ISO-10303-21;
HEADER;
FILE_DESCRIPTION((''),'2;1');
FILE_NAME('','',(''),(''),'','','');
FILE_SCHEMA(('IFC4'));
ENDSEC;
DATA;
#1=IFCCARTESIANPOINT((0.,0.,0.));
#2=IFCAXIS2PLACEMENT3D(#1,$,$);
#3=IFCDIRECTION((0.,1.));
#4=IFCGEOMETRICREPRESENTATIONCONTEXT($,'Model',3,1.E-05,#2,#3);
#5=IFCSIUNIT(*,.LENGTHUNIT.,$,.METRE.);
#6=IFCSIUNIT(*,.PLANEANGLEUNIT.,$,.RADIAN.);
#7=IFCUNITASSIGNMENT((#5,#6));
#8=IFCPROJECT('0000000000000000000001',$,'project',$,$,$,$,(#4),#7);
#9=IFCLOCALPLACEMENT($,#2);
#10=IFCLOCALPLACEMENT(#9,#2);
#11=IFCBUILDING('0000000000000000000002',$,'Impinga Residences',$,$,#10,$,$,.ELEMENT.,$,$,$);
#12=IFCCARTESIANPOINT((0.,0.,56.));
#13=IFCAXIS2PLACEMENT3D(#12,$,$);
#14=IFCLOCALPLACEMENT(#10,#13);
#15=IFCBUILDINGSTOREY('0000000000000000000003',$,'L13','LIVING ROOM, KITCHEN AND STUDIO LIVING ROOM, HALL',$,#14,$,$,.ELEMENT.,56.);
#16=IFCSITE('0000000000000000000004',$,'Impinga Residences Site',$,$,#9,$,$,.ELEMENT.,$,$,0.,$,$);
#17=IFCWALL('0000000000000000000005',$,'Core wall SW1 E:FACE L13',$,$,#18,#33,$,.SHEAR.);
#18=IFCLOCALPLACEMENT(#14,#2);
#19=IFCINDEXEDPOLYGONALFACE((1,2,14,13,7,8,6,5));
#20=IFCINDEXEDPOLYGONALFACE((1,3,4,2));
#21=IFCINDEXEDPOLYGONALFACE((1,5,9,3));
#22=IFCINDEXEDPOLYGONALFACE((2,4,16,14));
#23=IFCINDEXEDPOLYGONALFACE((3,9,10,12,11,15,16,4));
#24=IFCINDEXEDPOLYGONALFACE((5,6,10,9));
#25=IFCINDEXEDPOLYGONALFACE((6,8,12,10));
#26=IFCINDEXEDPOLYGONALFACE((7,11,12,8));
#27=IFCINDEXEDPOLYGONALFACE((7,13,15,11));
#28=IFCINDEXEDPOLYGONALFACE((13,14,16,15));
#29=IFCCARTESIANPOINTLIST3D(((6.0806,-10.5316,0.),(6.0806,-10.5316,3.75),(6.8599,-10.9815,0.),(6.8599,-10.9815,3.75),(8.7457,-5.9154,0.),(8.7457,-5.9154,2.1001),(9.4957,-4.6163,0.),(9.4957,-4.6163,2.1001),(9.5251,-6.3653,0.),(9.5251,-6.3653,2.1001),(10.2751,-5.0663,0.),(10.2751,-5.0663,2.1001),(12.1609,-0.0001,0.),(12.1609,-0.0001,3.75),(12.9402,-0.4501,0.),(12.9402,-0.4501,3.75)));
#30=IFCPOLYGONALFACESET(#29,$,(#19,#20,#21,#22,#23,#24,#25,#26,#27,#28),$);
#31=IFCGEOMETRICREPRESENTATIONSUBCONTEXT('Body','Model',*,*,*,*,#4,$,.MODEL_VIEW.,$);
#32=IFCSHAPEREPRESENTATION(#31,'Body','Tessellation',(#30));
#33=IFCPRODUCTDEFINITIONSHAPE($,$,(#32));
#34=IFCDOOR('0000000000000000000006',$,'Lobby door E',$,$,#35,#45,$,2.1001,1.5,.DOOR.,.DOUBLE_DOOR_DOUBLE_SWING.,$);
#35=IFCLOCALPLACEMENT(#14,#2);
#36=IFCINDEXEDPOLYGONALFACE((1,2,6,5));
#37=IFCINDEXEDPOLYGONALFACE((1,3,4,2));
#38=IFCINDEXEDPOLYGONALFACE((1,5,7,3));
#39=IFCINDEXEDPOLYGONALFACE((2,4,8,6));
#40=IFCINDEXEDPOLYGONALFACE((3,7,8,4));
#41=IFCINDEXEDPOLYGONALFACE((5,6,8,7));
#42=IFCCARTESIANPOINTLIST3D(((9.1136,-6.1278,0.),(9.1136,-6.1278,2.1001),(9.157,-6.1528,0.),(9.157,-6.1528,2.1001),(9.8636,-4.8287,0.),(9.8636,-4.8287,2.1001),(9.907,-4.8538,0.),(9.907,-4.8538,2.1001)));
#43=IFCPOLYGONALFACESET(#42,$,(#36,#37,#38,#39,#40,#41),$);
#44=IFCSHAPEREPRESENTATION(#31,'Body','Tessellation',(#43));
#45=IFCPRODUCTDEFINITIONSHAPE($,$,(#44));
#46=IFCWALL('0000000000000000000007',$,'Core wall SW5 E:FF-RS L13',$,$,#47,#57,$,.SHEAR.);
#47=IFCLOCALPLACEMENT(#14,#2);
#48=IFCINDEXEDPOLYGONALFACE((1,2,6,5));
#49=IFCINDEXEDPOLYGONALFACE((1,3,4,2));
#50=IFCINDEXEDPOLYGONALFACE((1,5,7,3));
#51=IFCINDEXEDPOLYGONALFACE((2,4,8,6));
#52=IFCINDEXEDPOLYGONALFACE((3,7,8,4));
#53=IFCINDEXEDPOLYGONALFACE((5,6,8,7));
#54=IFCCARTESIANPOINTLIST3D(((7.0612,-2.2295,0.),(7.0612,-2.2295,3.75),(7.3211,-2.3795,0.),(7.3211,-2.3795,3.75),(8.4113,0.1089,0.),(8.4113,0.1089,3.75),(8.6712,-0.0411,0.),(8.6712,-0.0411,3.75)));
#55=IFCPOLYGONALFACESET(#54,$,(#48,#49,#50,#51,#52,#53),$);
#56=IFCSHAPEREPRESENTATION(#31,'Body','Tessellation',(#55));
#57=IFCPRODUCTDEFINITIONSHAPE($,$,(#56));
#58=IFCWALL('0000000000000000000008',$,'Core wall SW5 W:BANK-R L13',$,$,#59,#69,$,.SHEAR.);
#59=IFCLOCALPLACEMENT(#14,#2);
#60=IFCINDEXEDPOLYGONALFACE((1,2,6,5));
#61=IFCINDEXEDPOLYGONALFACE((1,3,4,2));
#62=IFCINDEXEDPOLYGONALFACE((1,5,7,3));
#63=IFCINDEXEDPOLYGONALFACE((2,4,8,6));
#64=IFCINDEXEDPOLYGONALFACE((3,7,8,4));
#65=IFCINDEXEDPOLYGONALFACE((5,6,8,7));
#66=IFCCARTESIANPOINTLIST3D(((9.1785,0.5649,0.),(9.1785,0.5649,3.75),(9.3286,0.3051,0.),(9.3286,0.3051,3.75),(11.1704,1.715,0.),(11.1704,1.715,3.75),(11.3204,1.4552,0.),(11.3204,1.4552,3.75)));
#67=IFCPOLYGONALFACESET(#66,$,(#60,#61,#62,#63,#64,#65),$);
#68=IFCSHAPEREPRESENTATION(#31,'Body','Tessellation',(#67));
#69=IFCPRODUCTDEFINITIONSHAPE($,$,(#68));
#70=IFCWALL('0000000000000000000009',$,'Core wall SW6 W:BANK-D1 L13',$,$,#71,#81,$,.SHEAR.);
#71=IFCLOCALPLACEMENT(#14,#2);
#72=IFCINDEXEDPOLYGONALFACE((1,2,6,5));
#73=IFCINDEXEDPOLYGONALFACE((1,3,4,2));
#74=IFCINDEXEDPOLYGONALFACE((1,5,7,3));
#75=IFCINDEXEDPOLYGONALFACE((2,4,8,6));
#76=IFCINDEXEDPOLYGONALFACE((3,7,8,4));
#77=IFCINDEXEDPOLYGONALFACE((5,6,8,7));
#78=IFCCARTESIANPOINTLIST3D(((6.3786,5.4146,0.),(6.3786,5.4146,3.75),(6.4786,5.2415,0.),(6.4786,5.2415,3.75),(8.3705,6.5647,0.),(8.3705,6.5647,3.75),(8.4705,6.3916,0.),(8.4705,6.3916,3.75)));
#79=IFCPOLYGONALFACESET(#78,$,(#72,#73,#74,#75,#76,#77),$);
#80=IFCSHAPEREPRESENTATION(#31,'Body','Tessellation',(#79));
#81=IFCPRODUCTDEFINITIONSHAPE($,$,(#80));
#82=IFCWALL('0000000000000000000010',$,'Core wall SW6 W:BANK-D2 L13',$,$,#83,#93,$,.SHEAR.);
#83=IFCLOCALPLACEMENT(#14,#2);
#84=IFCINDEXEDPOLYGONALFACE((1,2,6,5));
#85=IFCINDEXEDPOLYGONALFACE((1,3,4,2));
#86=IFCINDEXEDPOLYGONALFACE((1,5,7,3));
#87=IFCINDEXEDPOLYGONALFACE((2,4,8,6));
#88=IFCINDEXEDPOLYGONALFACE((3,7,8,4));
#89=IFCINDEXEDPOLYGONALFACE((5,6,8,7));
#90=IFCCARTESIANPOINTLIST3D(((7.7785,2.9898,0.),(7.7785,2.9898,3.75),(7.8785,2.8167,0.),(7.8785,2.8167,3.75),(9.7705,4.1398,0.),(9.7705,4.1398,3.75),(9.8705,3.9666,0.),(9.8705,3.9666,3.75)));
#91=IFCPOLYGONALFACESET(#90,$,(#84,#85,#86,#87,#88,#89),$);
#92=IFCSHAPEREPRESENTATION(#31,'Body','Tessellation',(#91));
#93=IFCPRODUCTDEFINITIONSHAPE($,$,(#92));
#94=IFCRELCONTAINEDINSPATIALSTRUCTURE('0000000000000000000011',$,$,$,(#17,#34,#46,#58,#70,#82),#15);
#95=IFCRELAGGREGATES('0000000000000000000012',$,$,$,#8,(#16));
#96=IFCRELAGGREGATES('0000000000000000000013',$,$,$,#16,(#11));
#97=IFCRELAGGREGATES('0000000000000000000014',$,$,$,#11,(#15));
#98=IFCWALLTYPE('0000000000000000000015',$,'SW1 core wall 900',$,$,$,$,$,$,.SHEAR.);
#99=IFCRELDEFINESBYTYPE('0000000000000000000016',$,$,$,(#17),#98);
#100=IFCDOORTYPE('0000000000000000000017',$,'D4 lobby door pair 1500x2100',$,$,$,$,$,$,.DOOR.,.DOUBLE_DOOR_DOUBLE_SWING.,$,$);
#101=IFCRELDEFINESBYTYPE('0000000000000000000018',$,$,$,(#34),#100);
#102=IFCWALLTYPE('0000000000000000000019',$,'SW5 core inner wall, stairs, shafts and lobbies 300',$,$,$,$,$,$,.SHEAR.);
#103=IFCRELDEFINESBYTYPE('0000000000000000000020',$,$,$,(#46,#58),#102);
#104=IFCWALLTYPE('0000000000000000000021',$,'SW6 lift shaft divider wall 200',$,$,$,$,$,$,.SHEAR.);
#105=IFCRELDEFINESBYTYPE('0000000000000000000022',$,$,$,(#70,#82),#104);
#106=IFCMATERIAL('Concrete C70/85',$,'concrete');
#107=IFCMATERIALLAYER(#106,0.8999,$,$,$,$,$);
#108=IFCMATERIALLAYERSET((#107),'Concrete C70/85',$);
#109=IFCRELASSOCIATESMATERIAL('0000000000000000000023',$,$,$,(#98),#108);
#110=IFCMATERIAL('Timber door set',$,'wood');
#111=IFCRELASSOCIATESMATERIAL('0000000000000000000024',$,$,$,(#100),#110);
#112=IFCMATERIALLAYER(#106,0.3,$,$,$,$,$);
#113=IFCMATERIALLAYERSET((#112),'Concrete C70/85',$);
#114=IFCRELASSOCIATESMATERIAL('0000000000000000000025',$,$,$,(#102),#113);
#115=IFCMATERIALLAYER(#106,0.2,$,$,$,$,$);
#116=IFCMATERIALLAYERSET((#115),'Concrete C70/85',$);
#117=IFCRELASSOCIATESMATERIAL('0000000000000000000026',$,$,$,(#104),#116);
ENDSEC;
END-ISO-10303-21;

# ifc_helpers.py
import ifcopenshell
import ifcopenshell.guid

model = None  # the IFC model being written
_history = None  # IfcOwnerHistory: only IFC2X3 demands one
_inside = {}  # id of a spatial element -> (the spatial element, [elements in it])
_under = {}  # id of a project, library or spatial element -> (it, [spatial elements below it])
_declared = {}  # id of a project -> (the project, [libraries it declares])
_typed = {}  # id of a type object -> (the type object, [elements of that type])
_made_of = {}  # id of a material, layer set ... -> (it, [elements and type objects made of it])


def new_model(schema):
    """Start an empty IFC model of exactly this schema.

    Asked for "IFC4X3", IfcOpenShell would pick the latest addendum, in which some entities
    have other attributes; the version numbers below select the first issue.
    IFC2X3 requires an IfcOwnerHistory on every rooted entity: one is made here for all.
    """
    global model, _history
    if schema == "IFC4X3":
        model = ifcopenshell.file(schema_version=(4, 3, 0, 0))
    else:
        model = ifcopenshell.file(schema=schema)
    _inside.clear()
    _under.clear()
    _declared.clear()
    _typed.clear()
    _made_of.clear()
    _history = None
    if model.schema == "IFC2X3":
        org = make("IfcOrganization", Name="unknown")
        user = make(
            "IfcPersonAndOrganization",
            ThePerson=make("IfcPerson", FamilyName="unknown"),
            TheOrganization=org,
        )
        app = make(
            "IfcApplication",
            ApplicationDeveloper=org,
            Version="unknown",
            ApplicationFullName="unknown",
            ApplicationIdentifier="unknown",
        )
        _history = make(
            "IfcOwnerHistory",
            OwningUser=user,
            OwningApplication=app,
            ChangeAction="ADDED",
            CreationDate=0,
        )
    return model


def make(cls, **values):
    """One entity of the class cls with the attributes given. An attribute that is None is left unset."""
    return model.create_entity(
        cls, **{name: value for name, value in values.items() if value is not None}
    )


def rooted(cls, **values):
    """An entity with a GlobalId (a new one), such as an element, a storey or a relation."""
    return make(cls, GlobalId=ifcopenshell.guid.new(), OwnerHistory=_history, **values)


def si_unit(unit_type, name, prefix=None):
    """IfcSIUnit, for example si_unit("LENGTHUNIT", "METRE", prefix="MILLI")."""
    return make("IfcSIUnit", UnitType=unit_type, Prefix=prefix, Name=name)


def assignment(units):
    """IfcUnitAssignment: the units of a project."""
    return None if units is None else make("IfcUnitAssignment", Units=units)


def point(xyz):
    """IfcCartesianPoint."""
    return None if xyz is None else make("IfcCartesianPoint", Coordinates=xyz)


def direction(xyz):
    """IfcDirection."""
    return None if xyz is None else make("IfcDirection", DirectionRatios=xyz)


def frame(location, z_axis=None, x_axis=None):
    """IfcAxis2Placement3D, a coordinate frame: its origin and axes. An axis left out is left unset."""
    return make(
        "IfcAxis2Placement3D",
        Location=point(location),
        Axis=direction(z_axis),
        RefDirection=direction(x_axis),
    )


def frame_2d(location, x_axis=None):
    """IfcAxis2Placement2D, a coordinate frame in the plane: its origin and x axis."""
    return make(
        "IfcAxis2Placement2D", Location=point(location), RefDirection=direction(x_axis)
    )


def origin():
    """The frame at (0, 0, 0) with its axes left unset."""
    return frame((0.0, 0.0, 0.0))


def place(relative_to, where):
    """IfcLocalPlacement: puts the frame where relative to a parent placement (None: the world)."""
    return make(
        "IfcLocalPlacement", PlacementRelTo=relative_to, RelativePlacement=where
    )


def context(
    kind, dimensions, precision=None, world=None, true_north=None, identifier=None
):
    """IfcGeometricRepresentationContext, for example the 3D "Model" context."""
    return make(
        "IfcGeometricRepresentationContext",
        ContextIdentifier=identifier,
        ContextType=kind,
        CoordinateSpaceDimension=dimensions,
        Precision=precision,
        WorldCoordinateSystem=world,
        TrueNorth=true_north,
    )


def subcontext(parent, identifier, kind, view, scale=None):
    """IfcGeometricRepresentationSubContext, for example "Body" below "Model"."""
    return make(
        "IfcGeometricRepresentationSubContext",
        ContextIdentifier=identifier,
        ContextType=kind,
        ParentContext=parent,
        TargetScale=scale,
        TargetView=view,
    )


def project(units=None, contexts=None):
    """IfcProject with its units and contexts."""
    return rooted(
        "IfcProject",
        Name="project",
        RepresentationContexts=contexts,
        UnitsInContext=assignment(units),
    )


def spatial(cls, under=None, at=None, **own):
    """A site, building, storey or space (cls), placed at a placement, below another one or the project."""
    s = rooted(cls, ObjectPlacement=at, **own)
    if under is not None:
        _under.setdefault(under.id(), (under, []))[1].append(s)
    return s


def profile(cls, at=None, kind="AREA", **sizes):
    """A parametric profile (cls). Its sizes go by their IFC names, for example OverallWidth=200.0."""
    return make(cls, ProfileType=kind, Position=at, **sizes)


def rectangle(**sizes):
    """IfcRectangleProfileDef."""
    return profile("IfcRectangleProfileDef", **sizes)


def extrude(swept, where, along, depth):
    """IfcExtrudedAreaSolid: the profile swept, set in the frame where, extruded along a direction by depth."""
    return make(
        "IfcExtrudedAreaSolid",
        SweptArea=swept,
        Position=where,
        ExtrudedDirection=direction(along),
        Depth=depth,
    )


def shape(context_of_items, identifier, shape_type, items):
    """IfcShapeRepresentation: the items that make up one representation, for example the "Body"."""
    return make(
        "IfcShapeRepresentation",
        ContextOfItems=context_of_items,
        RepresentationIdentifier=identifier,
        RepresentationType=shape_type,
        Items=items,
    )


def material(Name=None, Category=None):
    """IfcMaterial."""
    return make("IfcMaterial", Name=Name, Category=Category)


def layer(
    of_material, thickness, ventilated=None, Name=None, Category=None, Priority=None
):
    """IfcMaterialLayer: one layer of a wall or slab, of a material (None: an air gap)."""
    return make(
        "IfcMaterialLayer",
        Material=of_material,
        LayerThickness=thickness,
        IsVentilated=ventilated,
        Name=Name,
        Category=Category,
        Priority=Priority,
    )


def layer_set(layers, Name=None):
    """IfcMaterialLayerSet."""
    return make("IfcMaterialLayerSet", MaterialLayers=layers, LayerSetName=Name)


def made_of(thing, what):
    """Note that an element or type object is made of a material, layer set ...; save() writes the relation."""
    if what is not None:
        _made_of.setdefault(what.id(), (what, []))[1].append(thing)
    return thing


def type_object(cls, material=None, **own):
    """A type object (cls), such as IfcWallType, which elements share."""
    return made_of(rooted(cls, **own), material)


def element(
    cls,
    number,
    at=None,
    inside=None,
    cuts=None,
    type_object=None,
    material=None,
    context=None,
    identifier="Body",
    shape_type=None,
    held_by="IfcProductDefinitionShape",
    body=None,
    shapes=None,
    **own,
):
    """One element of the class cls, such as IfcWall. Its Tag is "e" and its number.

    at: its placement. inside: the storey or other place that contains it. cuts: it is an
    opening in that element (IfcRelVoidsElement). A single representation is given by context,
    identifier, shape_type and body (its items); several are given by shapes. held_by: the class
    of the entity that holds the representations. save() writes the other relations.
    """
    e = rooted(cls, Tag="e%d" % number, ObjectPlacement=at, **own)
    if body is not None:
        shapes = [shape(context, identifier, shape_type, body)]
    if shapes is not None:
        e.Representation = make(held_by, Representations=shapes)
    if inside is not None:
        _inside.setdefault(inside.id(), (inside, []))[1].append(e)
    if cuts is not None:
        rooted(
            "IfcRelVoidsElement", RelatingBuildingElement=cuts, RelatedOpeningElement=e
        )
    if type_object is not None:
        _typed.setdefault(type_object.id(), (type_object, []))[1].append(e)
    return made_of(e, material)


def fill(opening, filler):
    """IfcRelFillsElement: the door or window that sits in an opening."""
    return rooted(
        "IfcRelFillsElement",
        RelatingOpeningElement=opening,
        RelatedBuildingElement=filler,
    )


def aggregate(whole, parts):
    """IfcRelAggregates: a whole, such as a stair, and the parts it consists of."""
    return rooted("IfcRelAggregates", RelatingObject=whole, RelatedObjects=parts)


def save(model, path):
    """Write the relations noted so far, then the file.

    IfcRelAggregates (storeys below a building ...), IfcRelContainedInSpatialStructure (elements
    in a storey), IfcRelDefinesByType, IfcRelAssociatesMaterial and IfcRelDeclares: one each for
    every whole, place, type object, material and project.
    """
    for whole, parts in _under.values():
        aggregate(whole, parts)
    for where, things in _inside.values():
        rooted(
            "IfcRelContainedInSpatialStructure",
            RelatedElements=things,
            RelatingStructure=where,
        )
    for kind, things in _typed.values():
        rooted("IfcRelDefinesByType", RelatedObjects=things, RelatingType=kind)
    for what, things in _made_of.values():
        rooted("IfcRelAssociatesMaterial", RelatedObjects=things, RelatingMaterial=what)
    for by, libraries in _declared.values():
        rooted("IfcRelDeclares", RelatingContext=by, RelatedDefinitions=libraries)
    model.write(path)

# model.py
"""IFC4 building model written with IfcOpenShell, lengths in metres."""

from ifc_helpers import new_model, si_unit, direction, frame, frame_2d, origin, place, context, subcontext, project, spatial, rectangle, extrude, material, layer, layer_set, type_object, element, fill, save


model = new_model("IFC4")

# Units and contexts
model_context = context("Model", 3, precision=1e-05, world=origin(), true_north=direction((0.0, 1.0)))
body_context = subcontext(model_context, "Body", "Model", "MODEL_VIEW")
ifc_project = project(units=[si_unit("LENGTHUNIT", "METRE"), si_unit("PLANEANGLEUNIT", "RADIAN")], contexts=[model_context])

# Site, building, storey
site_placement = place(None, origin())
site = spatial("IfcSite", under=ifc_project, at=site_placement, Name="Impinga Residences Site", CompositionType="ELEMENT", RefElevation=0.0)
building_placement = place(site_placement, origin())
building = spatial("IfcBuilding", under=site, at=building_placement, Name="Impinga Residences", CompositionType="ELEMENT")
storey_placement = place(building_placement, frame((0.0, 0.0, 56.0)))
storey = spatial("IfcBuildingStorey", under=building, at=storey_placement, Name="L13", Description="LIVING ROOM, KITCHEN AND STUDIO LIVING ROOM, HALL", CompositionType="ELEMENT", Elevation=56.0)

# Shared definitions
ifc_material_1 = material(Name="Concrete C70/85", Category="concrete")

# Shared definitions
ifc_material_2 = material(Name="Timber door set", Category="wood")

# Wall, opening, door
ifc_layer_1 = layer(ifc_material_1, 0.8999)
ifc_layer_set_1 = layer_set([ifc_layer_1], Name="Concrete C70/85")
wall_type_1 = type_object("IfcWallType", Name="SW1 core wall 900", PredefinedType="SHEAR", material=ifc_layer_set_1)
wall_1_placement = place(storey_placement, frame((12.5505, -0.2251, 0.0), z_axis=(0.0, 0.0, 1.0), x_axis=(-0.499998, -0.866027, 0.0)))
wall_1 = element("IfcWall", 1, at=wall_1_placement, inside=storey, type_object=wall_type_1, Name="Core wall SW1 E:FACE L13", PredefinedType="SHEAR", context=body_context, shape_type="SweptSolid", body=[
    extrude(rectangle(XDim=12.1606, YDim=0.8999, at=frame_2d((6.0803, 0.0))), origin(), (0.0, 0.0, 1.0), 3.75),
])
opening_1_placement = place(wall_1_placement, frame((5.3303, 0.0, 0.0)))
opening_1 = element("IfcOpeningElement", 2, at=opening_1_placement, cuts=wall_1, PredefinedType="OPENING", context=body_context, shape_type="SweptSolid", body=[
    extrude(rectangle(XDim=1.5, YDim=2.1001, at=frame_2d((0.75, 1.05))), frame((0.0, 0.46, 0.0), z_axis=(0.0, -1.0, 0.0), x_axis=(1.0, 0.0, 0.0)), (0.0, 0.0, 1.0), 0.9199),
])
door_type_1 = type_object("IfcDoorType", Name="D4 lobby door pair 1500x2100", OperationType="DOUBLE_DOOR_DOUBLE_SWING", PredefinedType="DOOR", material=ifc_material_2)
door_1_placement = place(opening_1_placement, origin())
door_1 = element("IfcDoor", 3, at=door_1_placement, inside=storey, type_object=door_type_1, Name="Lobby door E", OperationType="DOUBLE_DOOR_DOUBLE_SWING", OverallHeight=2.1001, OverallWidth=1.5, PredefinedType="DOOR", context=body_context, shape_type="SweptSolid", body=[
    extrude(rectangle(XDim=1.5, YDim=2.1001, at=frame_2d((0.75, 1.05))), frame((0.0, 0.0249, 0.0), z_axis=(0.0, -1.0, 0.0), x_axis=(1.0, 0.0, 0.0)), (0.0, 0.0, 1.0), 0.05),
])
fill(opening_1, door_1)

# Walls
ifc_layer_2 = layer(ifc_material_1, 0.3)
ifc_layer_set_2 = layer_set([ifc_layer_2], Name="Concrete C70/85")
wall_type_2 = type_object("IfcWallType", Name="SW5 core inner wall, stairs, shafts and lobbies 300", PredefinedType="SHEAR", material=ifc_layer_set_2)
wall_2_placement = place(storey_placement, frame((8.5413, 0.0339, 0.0), z_axis=(0.0, 0.0, 1.0), x_axis=(-0.500009, -0.86602, 0.0)))
element("IfcWall", 4, at=wall_2_placement, inside=storey, type_object=wall_type_2, Name="Core wall SW5 E:FF-RS L13", PredefinedType="SHEAR", context=body_context, shape_type="SweptSolid", body=[
    extrude(rectangle(XDim=2.7002, YDim=0.3, at=frame_2d((1.3501, 0.0))), origin(), (0.0, 0.0, 1.0), 3.75),
])
wall_3_placement = place(storey_placement, frame((9.2537, 0.4351, 0.0), z_axis=(0.0, 0.0, 1.0), x_axis=(0.866007, 0.500032, 0.0)))
element("IfcWall", 5, at=wall_3_placement, inside=storey, type_object=wall_type_2, Name="Core wall SW5 W:BANK-R L13", PredefinedType="SHEAR", context=body_context, shape_type="SweptSolid", body=[
    extrude(rectangle(XDim=2.3, YDim=0.3, at=frame_2d((1.1499, 0.0))), origin(), (0.0, 0.0, 1.0), 3.75),
])
ifc_layer_3 = layer(ifc_material_1, 0.2)
ifc_layer_set_3 = layer_set([ifc_layer_3], Name="Concrete C70/85")
wall_type_3 = type_object("IfcWallType", Name="SW6 lift shaft divider wall 200", PredefinedType="SHEAR", material=ifc_layer_set_3)
for number, where, z_axis, x_axis, name in (
    (6, (6.4287, 5.3281, 0.0), (0.0, 0.0, 1.0), (0.866007, 0.500032, 0.0), "Core wall SW6 W:BANK-D1 L13"),
    (7, (7.8286, 2.9033, 0.0), (0.0, 0.0, 1.0), (0.866053, 0.499952, 0.0), "Core wall SW6 W:BANK-D2 L13"),
):
    element("IfcWall", number, at=place(storey_placement, frame(where, z_axis=z_axis, x_axis=x_axis)), inside=storey, type_object=wall_type_3, Name=name, PredefinedType="SHEAR", context=body_context, shape_type="SweptSolid", body=[
        extrude(rectangle(XDim=2.3, YDim=0.2, at=frame_2d((1.1499, 0.0))), origin(), (0.0, 0.0, 1.0), 3.75),
    ])

save(model, "model.ifc")
